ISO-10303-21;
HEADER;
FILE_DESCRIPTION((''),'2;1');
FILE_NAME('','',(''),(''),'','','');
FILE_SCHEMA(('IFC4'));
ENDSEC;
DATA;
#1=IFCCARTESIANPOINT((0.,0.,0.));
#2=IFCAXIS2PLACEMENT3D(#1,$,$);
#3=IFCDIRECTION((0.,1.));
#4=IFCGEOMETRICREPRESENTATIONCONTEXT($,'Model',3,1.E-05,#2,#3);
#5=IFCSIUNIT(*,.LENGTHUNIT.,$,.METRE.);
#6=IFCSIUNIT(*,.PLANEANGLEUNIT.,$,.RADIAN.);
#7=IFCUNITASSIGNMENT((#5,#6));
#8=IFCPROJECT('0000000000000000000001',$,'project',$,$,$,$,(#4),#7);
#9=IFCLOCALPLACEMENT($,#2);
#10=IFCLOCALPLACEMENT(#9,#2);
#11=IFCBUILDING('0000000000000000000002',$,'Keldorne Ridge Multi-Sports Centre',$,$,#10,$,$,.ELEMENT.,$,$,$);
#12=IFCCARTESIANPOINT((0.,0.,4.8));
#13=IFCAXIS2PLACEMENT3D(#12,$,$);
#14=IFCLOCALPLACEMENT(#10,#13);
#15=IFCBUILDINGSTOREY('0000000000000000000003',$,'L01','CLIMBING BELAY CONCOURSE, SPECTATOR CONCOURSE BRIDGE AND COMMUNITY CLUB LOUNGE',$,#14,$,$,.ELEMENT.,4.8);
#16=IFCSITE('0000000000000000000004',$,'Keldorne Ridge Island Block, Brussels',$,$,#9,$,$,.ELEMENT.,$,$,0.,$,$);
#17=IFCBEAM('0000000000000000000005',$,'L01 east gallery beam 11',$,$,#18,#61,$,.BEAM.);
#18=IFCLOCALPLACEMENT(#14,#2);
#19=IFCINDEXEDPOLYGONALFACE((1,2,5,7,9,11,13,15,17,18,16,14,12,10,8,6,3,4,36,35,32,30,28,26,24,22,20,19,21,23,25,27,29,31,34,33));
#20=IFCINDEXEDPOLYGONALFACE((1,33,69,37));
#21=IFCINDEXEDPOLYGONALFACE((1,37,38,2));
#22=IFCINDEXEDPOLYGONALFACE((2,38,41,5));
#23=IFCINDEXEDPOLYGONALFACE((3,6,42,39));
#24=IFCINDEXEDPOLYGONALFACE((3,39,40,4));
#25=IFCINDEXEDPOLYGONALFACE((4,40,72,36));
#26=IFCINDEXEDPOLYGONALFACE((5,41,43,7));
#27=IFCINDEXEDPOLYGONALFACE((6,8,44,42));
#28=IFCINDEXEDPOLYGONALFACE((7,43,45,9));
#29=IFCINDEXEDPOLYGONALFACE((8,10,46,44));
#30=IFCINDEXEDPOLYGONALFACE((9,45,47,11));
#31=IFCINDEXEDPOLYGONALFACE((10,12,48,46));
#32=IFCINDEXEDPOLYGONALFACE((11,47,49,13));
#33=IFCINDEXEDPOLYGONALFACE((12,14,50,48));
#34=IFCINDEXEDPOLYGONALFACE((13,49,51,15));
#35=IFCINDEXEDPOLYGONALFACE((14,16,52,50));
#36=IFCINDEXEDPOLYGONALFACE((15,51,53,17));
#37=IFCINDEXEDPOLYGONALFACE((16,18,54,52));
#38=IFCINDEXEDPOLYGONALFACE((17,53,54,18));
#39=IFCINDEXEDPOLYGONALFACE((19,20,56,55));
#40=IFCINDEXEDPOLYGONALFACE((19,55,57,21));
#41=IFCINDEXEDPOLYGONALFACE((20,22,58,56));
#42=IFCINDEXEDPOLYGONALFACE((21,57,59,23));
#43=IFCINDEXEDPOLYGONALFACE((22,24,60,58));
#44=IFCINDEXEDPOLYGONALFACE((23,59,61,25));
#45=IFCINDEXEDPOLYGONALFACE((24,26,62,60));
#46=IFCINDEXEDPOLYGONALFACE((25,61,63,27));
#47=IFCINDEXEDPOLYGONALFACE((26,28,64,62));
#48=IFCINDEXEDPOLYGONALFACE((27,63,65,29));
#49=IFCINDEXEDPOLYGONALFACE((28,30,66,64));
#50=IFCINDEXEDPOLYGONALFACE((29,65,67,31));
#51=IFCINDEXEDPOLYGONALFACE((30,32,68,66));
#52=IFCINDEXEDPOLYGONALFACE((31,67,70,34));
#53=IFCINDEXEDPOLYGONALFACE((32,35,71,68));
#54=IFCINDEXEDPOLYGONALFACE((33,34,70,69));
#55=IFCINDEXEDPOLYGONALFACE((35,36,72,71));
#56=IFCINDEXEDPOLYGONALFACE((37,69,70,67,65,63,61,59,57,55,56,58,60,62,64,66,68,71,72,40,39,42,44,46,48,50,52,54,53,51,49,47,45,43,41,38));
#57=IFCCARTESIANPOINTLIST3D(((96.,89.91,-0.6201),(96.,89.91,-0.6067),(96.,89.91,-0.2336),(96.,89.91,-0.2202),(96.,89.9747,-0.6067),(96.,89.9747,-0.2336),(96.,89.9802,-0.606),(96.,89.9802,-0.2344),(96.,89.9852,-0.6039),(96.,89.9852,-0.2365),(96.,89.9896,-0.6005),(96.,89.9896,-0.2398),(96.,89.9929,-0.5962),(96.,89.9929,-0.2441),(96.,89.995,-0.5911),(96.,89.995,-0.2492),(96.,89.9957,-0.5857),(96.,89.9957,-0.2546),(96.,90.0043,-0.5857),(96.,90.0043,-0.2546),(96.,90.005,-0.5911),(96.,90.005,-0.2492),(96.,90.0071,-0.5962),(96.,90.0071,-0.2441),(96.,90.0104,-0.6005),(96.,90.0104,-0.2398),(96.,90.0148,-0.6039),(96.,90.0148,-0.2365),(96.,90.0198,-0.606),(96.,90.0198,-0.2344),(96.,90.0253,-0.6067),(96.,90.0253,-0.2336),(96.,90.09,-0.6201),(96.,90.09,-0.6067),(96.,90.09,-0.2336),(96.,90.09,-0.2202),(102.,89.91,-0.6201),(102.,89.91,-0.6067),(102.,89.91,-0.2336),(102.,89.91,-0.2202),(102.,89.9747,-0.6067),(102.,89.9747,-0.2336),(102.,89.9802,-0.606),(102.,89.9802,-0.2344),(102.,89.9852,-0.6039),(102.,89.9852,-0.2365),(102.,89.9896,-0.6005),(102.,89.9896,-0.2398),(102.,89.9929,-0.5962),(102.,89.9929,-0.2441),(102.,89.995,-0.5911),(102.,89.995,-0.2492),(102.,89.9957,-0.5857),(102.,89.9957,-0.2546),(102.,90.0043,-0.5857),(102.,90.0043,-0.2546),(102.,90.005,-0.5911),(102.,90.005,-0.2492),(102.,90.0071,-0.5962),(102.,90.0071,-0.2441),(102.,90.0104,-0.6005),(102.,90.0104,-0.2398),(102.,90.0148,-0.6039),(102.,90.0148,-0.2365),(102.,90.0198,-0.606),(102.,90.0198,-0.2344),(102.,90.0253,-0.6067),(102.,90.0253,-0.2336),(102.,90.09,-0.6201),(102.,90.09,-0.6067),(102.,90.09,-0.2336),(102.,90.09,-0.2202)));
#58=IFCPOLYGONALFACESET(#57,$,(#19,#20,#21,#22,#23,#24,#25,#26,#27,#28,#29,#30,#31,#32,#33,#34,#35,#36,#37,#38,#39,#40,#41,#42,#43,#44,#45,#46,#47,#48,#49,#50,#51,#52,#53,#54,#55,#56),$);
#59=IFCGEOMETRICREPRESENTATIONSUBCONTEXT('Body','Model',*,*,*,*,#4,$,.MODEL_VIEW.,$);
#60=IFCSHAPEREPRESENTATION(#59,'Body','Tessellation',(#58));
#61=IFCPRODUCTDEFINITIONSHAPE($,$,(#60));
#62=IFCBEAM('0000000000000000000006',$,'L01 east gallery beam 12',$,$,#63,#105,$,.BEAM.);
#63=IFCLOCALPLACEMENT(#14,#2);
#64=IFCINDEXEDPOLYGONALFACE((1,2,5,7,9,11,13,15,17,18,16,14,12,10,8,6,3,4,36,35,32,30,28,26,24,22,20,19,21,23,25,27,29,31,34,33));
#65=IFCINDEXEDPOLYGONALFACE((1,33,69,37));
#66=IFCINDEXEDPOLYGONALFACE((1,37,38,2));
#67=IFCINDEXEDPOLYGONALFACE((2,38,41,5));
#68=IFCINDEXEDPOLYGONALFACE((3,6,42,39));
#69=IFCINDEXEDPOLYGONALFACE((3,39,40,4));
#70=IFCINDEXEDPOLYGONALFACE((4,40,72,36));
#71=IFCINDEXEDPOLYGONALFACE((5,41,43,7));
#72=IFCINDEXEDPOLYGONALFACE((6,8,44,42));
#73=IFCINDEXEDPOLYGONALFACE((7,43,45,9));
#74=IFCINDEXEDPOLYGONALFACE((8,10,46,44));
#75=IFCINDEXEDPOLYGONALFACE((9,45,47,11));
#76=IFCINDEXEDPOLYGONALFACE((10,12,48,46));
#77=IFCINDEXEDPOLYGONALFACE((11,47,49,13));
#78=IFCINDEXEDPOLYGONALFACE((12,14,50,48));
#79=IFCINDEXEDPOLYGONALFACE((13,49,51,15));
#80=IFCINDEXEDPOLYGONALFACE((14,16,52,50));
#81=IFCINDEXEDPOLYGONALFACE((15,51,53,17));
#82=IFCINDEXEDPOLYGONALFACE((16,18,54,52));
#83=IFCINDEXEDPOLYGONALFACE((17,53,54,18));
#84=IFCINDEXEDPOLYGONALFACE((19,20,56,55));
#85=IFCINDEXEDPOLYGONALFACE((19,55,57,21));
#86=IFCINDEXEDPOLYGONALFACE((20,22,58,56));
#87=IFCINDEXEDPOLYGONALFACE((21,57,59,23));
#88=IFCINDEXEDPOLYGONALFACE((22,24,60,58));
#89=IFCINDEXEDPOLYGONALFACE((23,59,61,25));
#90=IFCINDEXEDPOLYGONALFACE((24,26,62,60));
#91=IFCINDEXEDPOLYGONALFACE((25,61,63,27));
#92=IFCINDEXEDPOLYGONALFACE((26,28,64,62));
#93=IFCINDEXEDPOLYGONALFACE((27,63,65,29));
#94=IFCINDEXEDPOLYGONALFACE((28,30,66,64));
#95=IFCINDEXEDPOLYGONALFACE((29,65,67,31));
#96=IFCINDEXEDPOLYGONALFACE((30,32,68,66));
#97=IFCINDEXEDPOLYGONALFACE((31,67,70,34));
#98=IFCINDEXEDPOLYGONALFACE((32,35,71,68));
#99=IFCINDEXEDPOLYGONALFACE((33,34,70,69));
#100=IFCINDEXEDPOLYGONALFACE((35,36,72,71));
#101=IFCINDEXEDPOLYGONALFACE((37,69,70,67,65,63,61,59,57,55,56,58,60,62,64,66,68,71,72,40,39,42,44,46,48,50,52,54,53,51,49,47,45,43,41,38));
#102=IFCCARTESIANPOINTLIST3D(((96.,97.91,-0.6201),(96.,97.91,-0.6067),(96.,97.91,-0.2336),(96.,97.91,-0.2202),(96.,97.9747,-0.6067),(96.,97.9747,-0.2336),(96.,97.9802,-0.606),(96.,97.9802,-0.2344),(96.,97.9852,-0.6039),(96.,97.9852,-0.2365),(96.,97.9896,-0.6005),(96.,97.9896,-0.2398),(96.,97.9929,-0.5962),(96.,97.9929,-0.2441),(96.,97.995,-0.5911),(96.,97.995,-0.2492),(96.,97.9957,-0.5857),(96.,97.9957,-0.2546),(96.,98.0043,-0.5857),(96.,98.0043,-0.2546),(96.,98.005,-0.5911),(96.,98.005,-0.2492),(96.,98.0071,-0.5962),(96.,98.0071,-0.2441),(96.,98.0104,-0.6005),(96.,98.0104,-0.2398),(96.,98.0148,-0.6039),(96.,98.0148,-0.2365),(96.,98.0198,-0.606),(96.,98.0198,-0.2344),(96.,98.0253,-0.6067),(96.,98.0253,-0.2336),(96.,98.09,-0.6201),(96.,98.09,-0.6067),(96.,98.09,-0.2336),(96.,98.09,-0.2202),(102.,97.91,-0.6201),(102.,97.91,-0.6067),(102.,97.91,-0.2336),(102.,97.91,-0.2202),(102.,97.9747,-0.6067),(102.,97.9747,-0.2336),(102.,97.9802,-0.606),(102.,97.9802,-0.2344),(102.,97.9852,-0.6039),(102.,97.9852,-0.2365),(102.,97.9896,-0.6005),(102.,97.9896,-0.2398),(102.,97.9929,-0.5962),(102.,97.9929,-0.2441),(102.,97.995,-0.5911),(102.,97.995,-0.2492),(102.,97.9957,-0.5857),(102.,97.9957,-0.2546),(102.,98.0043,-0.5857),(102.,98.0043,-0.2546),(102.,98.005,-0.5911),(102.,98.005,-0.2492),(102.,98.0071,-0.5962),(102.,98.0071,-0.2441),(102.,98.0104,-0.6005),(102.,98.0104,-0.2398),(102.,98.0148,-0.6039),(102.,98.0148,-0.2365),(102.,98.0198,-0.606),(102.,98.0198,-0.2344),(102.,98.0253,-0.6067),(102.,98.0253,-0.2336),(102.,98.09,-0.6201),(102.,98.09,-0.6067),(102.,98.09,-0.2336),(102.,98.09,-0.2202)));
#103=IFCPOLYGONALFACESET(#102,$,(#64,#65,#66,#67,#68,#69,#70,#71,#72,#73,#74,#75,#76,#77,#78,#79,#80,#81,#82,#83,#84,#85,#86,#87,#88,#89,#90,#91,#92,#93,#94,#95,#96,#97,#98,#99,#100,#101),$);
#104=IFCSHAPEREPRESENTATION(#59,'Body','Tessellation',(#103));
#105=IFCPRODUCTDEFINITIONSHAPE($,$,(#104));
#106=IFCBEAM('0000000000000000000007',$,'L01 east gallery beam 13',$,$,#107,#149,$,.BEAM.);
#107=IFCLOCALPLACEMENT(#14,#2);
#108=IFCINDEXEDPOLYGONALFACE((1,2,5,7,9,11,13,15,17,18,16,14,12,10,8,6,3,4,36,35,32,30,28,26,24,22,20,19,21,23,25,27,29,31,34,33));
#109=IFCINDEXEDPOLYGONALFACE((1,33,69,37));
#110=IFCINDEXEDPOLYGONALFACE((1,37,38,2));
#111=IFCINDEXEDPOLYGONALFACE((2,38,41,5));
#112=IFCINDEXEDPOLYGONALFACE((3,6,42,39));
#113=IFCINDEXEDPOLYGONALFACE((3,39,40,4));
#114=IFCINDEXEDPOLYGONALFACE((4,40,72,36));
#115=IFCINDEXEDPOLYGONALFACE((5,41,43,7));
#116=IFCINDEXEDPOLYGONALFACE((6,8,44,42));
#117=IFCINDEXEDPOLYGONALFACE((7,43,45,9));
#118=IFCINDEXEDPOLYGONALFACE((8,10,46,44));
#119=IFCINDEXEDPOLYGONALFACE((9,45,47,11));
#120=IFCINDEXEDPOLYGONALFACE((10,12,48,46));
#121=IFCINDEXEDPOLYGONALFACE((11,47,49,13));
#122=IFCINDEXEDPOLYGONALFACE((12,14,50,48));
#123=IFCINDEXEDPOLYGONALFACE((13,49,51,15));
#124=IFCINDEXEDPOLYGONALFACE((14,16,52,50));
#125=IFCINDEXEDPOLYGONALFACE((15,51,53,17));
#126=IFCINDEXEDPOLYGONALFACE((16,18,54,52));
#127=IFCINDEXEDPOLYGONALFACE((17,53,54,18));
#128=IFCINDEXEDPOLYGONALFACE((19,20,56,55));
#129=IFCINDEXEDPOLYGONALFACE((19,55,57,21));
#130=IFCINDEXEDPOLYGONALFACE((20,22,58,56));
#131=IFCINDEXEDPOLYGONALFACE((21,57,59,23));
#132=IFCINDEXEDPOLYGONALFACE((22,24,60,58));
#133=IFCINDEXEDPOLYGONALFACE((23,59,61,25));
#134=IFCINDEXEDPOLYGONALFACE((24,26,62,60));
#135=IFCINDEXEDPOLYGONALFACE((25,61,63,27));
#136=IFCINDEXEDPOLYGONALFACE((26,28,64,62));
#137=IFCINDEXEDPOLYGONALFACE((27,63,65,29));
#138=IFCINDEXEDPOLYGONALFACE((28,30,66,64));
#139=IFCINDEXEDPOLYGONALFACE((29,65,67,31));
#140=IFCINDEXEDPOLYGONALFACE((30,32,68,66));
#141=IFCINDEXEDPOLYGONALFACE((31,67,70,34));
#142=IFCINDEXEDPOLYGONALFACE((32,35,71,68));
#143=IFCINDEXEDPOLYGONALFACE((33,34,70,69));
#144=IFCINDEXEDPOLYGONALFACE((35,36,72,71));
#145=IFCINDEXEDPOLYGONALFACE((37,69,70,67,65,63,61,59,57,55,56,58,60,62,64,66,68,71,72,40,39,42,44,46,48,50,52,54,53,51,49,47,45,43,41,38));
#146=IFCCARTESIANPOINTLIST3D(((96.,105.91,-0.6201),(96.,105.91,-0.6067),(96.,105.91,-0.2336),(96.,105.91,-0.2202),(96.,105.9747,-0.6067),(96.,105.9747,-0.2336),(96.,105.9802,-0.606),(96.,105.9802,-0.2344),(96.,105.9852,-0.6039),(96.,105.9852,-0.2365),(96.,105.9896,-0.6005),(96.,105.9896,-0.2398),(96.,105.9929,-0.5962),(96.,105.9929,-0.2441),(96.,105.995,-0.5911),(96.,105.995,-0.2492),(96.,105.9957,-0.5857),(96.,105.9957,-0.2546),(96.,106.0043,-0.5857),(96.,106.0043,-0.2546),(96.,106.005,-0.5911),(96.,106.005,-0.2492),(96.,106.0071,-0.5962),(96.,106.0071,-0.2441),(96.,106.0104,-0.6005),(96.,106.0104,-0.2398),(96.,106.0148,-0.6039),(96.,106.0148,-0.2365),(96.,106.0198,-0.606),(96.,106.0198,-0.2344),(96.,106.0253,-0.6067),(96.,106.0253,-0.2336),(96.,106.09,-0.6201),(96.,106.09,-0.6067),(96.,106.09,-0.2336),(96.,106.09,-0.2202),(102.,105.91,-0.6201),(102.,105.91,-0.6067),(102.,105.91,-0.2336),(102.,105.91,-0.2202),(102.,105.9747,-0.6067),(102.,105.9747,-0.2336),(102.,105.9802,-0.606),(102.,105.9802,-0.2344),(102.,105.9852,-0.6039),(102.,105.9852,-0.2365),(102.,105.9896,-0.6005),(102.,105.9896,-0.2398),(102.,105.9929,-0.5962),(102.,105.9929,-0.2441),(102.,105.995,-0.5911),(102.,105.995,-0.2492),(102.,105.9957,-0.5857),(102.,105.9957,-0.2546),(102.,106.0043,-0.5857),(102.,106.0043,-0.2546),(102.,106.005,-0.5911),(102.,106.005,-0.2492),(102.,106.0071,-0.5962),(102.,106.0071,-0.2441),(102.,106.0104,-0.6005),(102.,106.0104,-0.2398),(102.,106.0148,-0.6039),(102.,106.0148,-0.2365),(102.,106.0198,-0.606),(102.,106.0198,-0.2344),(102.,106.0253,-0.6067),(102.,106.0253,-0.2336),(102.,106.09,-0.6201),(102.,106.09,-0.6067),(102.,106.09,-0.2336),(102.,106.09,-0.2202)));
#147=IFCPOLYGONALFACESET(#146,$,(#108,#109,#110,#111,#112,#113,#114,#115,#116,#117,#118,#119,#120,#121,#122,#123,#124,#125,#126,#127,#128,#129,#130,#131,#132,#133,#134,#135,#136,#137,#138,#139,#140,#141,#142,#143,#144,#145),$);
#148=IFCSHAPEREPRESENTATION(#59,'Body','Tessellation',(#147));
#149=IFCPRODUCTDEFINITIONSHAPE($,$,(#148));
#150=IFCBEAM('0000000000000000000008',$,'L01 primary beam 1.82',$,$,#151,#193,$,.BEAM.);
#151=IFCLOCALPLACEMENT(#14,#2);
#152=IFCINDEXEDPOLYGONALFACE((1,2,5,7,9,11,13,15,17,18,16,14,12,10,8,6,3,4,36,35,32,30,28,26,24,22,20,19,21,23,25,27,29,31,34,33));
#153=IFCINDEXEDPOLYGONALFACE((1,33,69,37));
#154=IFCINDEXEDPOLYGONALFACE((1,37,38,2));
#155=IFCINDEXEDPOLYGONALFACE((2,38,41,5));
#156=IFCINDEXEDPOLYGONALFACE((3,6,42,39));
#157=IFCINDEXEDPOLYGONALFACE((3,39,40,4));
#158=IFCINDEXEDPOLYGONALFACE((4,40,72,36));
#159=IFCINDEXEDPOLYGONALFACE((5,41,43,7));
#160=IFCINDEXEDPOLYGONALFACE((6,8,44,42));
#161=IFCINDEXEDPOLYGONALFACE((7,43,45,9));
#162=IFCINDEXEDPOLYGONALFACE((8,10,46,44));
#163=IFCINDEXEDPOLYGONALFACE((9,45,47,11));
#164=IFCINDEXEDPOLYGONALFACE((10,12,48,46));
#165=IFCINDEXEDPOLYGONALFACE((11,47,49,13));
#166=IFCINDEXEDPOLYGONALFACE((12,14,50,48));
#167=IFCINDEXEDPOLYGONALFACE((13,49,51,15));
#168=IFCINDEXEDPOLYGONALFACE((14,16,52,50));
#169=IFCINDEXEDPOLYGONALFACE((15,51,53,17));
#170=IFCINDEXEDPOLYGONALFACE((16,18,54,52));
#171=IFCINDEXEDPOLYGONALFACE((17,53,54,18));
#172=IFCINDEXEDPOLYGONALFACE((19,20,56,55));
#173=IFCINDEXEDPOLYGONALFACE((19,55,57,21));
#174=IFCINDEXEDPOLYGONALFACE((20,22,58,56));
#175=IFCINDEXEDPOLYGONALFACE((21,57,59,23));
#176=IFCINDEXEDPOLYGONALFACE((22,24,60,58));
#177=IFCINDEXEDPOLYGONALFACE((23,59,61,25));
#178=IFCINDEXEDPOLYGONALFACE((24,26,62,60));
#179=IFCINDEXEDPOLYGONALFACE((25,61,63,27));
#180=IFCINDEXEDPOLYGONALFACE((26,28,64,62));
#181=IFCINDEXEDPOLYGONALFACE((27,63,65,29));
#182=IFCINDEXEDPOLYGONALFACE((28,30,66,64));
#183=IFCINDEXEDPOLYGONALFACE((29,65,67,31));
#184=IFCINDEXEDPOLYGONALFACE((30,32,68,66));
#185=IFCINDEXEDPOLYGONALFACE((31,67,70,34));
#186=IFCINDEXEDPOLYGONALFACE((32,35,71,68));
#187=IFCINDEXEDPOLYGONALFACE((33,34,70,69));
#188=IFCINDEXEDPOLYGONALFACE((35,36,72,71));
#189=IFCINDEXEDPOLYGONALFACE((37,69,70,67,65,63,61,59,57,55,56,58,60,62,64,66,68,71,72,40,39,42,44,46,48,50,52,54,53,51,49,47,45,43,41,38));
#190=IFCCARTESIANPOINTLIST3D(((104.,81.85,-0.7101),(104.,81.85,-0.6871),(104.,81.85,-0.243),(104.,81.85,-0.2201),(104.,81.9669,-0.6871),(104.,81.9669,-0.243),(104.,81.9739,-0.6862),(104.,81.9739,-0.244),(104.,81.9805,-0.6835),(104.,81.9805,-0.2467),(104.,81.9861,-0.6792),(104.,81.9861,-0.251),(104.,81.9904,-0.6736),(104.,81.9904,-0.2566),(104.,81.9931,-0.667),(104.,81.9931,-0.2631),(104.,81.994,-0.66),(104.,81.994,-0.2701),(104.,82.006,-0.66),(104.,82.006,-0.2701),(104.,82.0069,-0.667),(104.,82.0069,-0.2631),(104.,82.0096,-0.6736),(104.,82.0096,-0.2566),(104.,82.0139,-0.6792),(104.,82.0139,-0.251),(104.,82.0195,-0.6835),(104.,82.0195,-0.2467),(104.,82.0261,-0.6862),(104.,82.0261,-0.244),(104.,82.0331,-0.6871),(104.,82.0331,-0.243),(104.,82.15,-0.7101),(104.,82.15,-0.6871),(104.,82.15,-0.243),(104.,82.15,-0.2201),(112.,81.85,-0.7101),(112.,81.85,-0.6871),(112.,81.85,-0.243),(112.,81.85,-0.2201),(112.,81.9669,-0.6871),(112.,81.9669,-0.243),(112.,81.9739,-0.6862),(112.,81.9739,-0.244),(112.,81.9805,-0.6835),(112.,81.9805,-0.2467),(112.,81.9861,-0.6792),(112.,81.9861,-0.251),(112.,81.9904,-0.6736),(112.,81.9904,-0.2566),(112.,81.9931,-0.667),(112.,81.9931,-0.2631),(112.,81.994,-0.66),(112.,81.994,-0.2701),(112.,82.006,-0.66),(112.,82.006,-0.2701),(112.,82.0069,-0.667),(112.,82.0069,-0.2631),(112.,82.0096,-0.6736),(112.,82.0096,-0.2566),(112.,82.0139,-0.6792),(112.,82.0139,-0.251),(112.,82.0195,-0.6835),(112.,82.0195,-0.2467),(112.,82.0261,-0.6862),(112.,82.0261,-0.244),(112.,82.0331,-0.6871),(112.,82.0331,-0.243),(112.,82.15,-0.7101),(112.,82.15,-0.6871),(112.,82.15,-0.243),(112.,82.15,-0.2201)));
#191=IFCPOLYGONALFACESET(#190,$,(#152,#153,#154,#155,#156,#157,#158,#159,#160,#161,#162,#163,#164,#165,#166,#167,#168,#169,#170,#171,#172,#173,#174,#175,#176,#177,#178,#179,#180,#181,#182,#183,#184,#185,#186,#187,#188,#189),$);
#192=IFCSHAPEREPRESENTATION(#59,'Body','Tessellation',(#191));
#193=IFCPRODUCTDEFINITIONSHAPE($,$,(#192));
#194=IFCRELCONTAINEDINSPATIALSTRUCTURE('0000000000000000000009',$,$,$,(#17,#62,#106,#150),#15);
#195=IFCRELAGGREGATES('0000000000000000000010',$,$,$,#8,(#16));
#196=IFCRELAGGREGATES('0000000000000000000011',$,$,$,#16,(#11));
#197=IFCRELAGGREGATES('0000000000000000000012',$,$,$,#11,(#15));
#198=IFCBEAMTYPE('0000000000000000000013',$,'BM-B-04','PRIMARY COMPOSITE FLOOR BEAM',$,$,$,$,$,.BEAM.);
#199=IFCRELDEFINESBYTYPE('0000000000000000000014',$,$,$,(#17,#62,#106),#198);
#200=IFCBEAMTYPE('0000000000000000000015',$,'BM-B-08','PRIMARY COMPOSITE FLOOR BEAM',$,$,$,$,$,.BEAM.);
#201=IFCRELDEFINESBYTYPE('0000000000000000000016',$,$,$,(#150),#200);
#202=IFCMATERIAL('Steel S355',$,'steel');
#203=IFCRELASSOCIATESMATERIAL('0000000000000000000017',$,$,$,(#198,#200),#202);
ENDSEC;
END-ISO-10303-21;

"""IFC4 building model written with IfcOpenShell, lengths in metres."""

from ifc_helpers import new_model, si_unit, direction, frame, origin, origin_2d, place, context, subcontext, project, spatial, i_section, extrude, material, material_profile, profile_set, type_object, element, save


model = new_model("IFC4")

# Units and contexts
model_context = context("Model", 3, precision=1e-05, world=origin(), true_north=direction((0.0, 1.0)))
body_context = subcontext(model_context, "Body", "Model", "MODEL_VIEW")
ifc_project = project(units=[si_unit("LENGTHUNIT", "METRE"), si_unit("PLANEANGLEUNIT", "RADIAN")], contexts=[model_context])

# Site, building, storey
site_placement = place(None, origin())
site = spatial("IfcSite", under=ifc_project, at=site_placement, Name="Keldorne Ridge Island Block, Brussels", CompositionType="ELEMENT", RefElevation=0.0)
building_placement = place(site_placement, origin())
building = spatial("IfcBuilding", under=site, at=building_placement, Name="Keldorne Ridge Multi-Sports Centre", CompositionType="ELEMENT")
storey_placement = place(building_placement, frame((0.0, 0.0, 4.8)))
storey = spatial("IfcBuildingStorey", under=building, at=storey_placement, Name="L01", Description="CLIMBING BELAY CONCOURSE, SPECTATOR CONCOURSE BRIDGE AND COMMUNITY CLUB LOUNGE", CompositionType="ELEMENT", Elevation=4.8)

# Shared definitions
ifc_material_1 = material(Name="Steel S355", Category="steel")

# Beams
ifc_material_profile_1 = material_profile(ifc_material_1, i_section(OverallWidth=0.1799, OverallDepth=0.3999, WebThickness=0.0085, FlangeThickness=0.0134, FilletRadius=0.021, at=origin_2d()), Name="IPE 400")
ifc_profile_set_1 = profile_set([ifc_material_profile_1], Name="Steel S355")
beam_type_1 = type_object("IfcBeamType", Name="BM-B-04", Description="PRIMARY COMPOSITE FLOOR BEAM", PredefinedType="BEAM", material=ifc_profile_set_1)
for number, where, z_axis, x_axis, name in (
    (1, (96.0, 90.0, -0.4202), (1.0, 0.0, 0.0), (0.0, 1.0, 0.0), "L01 east gallery beam 11"),
    (2, (96.0, 98.0, -0.4202), (1.0, 0.0, 0.0), (0.0, 1.0, 0.0), "L01 east gallery beam 12"),
    (3, (96.0, 106.0, -0.4202), (1.0, 0.0, 0.0), (0.0, 1.0, 0.0), "L01 east gallery beam 13"),
):
    element("IfcBeam", number, at=place(storey_placement, frame(where, z_axis=z_axis, x_axis=x_axis)), inside=storey, type_object=beam_type_1, Name=name, PredefinedType="BEAM", context=body_context, shape_type="SweptSolid", body=[
        extrude(i_section(OverallWidth=0.1799, OverallDepth=0.3999, WebThickness=0.0085, FlangeThickness=0.0134, FilletRadius=0.021, at=origin_2d()), origin(), (0.0, 0.0, 1.0), 6.0),
    ])
ifc_material_profile_2 = material_profile(ifc_material_1, i_section(OverallWidth=0.3, OverallDepth=0.49, WebThickness=0.012, FlangeThickness=0.0229, FilletRadius=0.0271, at=origin_2d()), Name="HEA 500")
ifc_profile_set_2 = profile_set([ifc_material_profile_2], Name="Steel S355")
beam_type_2 = type_object("IfcBeamType", Name="BM-B-08", Description="PRIMARY COMPOSITE FLOOR BEAM", PredefinedType="BEAM", material=ifc_profile_set_2)
for number, where, z_axis, x_axis, name in (
    (4, (104.0, 82.0, -0.4651), (1.0, 0.0, 0.0), (0.0, 1.0, 0.0), "L01 primary beam 1.82"),
):
    element("IfcBeam", number, at=place(storey_placement, frame(where, z_axis=z_axis, x_axis=x_axis)), inside=storey, type_object=beam_type_2, Name=name, PredefinedType="BEAM", context=body_context, shape_type="SweptSolid", body=[
        extrude(i_section(OverallWidth=0.3, OverallDepth=0.49, WebThickness=0.012, FlangeThickness=0.0229, FilletRadius=0.0271, at=origin_2d()), origin(), (0.0, 0.0, 1.0), 8.0),
    ])

save(model, "model.ifc")
